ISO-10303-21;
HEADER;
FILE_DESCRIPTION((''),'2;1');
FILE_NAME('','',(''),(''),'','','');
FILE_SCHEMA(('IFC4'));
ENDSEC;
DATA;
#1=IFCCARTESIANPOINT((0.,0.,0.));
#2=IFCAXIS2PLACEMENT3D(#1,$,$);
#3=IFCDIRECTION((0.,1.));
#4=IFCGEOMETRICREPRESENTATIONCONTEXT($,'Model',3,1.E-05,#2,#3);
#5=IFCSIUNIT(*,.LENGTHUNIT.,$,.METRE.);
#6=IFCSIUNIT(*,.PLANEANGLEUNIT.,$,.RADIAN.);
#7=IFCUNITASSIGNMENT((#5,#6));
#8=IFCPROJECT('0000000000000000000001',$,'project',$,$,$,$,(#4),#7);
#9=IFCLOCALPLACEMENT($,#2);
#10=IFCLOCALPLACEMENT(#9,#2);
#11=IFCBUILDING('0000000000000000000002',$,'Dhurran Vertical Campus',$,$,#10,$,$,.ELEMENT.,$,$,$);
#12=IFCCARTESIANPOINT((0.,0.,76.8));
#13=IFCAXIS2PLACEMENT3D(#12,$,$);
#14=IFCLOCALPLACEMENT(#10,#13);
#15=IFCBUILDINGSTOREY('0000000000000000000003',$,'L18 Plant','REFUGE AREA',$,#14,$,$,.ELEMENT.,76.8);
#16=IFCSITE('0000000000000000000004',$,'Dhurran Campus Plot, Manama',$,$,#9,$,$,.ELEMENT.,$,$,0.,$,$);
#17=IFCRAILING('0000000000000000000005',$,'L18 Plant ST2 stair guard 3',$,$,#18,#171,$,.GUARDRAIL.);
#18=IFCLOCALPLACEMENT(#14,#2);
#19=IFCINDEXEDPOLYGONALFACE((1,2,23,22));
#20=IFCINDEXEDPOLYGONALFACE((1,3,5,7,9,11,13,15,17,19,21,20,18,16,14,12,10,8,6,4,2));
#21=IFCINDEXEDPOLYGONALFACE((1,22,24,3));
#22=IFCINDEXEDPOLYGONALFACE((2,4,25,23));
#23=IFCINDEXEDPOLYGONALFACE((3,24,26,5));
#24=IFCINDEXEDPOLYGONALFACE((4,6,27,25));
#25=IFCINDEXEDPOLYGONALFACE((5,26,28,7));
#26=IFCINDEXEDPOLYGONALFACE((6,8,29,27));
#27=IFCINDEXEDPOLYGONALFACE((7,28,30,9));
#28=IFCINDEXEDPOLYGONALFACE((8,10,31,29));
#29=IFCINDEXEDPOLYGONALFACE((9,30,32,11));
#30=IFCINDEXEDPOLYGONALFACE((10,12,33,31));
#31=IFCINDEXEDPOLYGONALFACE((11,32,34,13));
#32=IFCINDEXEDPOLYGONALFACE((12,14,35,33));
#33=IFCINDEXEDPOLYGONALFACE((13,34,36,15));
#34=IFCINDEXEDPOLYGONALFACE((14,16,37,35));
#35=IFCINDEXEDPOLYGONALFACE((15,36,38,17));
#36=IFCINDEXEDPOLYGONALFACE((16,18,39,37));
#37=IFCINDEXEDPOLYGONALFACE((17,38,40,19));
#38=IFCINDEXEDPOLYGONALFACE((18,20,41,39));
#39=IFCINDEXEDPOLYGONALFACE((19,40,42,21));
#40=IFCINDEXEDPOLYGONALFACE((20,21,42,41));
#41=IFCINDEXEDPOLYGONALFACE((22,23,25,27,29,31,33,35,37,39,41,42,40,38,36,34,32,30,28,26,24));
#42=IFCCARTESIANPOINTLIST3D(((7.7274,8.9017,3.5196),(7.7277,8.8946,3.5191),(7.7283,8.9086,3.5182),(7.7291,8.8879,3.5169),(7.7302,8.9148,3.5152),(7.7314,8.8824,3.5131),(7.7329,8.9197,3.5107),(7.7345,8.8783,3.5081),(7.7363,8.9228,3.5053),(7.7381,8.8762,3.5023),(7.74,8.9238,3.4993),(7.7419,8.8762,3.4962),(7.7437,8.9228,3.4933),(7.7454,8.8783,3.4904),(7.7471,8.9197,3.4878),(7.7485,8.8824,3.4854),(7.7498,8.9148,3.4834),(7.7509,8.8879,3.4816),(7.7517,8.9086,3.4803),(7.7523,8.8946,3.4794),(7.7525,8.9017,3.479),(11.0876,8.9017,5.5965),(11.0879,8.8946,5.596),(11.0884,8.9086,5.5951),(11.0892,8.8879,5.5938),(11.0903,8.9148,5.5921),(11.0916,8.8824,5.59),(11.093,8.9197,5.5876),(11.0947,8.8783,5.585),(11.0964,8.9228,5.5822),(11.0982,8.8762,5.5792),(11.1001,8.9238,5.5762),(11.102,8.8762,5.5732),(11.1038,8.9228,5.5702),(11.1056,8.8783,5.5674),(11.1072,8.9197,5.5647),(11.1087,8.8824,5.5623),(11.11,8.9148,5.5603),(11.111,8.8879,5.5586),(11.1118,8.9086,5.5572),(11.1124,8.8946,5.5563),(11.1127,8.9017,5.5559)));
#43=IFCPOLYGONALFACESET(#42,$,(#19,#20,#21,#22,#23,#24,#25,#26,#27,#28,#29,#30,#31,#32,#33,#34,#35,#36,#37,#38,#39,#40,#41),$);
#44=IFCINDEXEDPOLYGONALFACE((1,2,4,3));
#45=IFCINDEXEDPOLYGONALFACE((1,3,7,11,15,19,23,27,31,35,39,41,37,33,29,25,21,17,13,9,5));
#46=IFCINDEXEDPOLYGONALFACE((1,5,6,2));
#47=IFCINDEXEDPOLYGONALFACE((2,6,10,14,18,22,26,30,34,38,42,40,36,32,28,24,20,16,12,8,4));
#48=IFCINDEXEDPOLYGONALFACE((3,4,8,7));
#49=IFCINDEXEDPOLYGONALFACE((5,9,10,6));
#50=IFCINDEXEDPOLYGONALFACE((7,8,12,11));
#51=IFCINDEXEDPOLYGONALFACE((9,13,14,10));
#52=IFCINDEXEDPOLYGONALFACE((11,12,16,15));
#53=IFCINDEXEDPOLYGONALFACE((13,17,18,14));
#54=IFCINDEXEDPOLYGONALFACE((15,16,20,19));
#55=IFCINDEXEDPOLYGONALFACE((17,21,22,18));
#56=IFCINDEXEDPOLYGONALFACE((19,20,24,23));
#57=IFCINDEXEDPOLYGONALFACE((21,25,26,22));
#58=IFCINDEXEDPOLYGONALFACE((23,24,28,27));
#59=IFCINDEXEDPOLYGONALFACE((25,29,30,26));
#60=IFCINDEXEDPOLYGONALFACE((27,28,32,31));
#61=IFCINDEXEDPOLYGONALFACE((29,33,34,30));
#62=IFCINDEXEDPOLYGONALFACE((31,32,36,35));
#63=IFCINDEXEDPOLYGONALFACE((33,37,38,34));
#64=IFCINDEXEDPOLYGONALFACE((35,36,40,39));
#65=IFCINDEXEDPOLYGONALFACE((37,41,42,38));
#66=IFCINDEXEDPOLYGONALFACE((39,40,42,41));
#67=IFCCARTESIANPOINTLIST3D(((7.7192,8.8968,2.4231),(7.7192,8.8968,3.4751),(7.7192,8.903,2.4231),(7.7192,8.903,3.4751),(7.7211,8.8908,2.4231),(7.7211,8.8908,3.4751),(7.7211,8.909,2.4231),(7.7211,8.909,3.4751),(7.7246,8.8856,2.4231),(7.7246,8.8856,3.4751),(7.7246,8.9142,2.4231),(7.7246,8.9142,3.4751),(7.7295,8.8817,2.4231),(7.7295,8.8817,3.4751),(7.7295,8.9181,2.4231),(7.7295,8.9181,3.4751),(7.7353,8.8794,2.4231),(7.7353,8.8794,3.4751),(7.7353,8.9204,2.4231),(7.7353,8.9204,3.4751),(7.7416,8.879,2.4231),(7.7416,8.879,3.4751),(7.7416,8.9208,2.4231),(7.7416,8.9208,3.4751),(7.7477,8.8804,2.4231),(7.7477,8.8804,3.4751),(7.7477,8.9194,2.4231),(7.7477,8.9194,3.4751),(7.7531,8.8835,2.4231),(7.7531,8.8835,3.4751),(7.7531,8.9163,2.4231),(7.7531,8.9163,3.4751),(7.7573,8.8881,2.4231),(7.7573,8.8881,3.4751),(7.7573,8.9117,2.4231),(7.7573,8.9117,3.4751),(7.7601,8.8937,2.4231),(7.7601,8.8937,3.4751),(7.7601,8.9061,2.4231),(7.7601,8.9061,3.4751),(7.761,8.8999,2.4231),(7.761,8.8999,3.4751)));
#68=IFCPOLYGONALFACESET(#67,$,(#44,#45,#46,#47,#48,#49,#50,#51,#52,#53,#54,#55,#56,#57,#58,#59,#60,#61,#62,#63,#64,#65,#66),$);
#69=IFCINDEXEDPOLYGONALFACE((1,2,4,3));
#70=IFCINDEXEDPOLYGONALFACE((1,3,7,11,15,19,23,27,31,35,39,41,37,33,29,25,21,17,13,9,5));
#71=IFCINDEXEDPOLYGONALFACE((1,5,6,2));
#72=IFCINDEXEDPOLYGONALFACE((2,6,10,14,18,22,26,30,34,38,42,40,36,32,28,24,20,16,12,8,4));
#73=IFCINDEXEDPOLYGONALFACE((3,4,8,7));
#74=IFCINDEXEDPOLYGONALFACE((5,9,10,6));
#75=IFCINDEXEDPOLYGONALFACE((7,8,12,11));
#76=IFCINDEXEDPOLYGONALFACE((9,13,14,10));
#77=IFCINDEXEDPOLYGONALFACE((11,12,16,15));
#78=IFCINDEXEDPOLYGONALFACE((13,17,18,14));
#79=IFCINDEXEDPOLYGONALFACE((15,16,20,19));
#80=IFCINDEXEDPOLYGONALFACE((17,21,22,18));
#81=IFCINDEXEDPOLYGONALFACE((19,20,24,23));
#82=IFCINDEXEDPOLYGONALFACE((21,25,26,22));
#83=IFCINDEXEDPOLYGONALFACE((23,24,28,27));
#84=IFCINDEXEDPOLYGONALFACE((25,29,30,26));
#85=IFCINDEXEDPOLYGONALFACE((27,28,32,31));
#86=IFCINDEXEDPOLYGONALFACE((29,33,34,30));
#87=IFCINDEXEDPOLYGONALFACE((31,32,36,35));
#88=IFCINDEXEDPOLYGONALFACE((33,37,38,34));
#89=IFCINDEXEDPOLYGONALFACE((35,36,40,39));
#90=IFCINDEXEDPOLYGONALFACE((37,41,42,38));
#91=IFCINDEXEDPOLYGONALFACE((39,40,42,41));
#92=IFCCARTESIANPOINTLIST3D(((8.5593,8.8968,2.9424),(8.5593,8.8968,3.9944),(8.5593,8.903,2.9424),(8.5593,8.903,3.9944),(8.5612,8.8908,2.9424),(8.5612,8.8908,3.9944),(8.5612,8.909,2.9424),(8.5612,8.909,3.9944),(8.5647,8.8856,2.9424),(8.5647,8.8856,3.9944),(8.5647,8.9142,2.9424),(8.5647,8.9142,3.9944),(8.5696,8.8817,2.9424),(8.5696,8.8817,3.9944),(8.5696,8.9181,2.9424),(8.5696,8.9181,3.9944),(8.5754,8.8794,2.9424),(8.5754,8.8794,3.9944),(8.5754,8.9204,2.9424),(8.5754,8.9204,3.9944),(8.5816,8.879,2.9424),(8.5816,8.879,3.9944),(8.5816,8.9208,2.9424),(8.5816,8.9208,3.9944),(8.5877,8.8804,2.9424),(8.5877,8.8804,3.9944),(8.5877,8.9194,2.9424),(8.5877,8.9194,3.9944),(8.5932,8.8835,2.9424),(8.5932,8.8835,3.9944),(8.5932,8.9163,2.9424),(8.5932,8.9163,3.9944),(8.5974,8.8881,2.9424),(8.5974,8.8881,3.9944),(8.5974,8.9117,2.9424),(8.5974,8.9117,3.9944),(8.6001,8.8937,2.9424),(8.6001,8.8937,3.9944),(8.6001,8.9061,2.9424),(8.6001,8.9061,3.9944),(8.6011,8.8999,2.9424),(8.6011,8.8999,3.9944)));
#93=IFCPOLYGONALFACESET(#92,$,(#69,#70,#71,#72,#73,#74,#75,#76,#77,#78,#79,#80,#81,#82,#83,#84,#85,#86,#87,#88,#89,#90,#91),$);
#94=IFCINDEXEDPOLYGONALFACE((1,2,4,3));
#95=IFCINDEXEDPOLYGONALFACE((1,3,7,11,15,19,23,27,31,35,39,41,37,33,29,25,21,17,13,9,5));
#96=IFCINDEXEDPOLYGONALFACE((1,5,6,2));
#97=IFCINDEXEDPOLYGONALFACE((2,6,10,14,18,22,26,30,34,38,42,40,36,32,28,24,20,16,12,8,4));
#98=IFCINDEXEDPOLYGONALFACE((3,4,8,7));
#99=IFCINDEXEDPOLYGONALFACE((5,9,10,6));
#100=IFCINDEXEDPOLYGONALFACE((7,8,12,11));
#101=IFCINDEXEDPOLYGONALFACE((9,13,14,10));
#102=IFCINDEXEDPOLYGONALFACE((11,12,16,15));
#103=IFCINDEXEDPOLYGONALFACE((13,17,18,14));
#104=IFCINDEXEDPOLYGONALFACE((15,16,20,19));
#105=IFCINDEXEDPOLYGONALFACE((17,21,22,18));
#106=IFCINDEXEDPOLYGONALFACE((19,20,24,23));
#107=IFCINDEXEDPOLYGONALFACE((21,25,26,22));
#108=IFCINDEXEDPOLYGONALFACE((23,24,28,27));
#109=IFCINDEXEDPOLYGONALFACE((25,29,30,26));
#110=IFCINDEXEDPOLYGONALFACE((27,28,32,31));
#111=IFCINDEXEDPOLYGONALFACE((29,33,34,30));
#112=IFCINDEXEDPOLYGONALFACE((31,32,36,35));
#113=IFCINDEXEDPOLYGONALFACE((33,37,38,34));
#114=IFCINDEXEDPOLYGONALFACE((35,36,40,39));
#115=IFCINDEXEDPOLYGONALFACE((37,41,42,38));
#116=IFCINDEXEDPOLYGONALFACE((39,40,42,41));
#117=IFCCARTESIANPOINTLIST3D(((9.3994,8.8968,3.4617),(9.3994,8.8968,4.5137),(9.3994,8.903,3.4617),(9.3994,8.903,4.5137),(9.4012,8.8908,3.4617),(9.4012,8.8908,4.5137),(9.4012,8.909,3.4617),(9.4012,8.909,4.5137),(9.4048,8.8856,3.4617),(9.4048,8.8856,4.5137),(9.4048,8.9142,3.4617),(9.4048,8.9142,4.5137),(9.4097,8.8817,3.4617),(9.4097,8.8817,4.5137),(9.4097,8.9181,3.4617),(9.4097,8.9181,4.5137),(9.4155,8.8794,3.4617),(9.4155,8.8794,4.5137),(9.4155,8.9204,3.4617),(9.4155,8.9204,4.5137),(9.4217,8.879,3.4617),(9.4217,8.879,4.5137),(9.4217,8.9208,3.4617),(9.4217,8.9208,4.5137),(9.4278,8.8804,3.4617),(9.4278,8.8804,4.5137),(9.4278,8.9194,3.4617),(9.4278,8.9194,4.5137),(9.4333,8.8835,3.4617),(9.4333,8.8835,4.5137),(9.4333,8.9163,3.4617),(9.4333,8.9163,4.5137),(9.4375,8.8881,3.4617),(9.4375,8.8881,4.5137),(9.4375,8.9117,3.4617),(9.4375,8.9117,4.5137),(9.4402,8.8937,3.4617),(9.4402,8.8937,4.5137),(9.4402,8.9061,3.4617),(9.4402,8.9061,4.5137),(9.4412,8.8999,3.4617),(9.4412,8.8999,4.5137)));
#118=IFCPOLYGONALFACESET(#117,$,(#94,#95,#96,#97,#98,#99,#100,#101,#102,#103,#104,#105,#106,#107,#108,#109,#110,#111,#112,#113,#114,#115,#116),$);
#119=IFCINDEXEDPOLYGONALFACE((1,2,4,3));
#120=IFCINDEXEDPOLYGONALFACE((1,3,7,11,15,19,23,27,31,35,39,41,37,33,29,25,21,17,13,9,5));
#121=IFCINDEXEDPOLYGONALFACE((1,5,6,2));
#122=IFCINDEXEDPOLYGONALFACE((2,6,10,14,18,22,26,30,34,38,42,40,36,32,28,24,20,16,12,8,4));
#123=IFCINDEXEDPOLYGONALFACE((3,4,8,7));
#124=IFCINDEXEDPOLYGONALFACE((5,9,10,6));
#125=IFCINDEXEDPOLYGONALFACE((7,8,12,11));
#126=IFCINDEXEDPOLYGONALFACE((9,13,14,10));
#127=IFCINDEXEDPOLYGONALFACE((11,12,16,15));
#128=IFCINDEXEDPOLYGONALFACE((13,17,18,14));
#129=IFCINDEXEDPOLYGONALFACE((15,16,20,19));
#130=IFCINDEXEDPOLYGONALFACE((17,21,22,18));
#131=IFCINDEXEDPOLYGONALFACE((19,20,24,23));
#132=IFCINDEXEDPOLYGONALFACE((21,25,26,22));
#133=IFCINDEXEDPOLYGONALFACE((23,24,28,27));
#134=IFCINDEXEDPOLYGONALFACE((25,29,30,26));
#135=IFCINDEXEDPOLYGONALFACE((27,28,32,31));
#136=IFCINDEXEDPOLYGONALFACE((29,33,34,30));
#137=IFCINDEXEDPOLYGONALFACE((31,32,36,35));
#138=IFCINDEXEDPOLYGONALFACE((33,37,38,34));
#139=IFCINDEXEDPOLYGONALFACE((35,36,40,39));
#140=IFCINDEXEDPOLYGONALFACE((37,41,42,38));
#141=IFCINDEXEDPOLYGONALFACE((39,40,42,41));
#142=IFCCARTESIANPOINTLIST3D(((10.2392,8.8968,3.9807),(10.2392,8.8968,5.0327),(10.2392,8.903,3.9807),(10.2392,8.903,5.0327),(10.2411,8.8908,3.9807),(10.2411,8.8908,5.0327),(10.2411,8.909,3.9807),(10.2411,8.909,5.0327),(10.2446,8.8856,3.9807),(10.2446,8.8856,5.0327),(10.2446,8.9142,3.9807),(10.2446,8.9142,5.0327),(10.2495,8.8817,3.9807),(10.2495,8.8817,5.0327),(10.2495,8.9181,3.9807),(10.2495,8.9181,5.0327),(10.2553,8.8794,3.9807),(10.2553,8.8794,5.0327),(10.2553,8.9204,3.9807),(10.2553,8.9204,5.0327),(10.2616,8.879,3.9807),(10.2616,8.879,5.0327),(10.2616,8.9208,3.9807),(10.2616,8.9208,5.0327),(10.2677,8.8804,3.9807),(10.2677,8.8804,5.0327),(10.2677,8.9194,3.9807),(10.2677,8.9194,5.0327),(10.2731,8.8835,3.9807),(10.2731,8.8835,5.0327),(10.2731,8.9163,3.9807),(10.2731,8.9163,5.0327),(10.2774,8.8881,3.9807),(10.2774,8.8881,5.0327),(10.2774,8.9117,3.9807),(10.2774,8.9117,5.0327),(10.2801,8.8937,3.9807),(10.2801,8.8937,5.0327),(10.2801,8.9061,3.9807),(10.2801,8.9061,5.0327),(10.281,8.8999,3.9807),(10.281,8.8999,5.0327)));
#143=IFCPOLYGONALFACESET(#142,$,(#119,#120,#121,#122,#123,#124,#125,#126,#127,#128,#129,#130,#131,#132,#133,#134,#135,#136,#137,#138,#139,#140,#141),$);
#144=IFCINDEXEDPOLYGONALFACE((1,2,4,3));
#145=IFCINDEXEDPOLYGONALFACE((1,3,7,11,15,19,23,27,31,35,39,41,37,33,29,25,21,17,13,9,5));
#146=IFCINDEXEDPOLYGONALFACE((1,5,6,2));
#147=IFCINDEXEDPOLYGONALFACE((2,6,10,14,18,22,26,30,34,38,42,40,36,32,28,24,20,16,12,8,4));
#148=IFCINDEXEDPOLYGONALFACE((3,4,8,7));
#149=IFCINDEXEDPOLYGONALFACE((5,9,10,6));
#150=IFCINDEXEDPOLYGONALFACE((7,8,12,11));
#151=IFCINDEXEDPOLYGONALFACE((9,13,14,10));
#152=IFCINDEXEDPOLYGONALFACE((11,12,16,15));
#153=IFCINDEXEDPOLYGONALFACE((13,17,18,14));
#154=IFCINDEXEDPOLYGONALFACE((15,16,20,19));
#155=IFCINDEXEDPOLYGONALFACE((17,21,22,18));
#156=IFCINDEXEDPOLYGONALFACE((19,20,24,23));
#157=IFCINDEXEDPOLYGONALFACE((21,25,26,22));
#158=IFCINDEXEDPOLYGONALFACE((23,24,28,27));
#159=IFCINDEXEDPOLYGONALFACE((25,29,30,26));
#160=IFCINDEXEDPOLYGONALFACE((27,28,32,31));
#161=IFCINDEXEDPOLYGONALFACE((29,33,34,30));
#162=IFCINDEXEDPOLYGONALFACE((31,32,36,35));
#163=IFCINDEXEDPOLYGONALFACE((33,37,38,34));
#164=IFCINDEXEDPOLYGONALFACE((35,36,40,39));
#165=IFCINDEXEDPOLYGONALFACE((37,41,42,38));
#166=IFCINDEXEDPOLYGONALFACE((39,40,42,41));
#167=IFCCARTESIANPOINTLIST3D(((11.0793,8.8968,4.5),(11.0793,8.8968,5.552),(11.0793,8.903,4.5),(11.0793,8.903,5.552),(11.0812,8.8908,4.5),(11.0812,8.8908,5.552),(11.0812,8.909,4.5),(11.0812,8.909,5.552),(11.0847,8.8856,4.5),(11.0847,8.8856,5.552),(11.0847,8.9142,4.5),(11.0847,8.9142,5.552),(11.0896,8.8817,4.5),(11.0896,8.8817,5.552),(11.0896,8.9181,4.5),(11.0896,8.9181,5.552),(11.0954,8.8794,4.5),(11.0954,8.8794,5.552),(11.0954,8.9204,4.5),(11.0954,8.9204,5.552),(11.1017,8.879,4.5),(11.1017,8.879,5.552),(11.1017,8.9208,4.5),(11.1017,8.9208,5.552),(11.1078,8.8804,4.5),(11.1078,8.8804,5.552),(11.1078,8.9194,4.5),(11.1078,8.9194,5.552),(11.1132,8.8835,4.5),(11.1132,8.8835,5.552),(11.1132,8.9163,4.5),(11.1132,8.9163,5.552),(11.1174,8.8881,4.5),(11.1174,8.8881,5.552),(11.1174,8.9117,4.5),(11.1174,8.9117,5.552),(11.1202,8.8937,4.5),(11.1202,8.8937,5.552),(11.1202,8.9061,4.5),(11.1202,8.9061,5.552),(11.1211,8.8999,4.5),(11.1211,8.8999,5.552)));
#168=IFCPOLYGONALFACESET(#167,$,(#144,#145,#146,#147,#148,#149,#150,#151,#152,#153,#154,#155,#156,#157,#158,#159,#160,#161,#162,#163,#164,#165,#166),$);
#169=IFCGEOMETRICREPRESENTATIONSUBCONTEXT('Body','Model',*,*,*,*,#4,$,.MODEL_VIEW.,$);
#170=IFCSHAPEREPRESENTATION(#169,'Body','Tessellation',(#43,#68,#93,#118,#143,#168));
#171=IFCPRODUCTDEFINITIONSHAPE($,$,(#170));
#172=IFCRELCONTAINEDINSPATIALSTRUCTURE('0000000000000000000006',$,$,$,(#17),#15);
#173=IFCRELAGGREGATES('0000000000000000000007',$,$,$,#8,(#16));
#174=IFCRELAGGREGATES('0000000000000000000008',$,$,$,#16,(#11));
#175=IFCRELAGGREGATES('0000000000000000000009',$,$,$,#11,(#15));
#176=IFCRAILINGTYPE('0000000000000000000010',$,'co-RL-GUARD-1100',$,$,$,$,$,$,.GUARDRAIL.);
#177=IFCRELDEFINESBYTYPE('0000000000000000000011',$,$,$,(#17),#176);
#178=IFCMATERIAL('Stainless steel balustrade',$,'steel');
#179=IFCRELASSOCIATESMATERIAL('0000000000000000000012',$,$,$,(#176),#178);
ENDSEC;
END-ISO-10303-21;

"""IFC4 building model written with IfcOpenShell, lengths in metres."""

from ifc_helpers import new_model, si_unit, direction, frame, origin, origin_2d, place, context, subcontext, project, spatial, circle, extrude, material, type_object, element, save


model = new_model("IFC4")

# Units and contexts
model_context = context("Model", 3, precision=1e-05, world=origin(), true_north=direction((0.0, 1.0)))
body_context = subcontext(model_context, "Body", "Model", "MODEL_VIEW")
ifc_project = project(units=[si_unit("LENGTHUNIT", "METRE"), si_unit("PLANEANGLEUNIT", "RADIAN")], contexts=[model_context])

# Site, building, storey
site_placement = place(None, origin())
site = spatial("IfcSite", under=ifc_project, at=site_placement, Name="Dhurran Campus Plot, Manama", CompositionType="ELEMENT", RefElevation=0.0)
building_placement = place(site_placement, origin())
building = spatial("IfcBuilding", under=site, at=building_placement, Name="Dhurran Vertical Campus", CompositionType="ELEMENT")
storey_placement = place(building_placement, frame((0.0, 0.0, 76.8)))
storey = spatial("IfcBuildingStorey", under=building, at=storey_placement, Name="L18 Plant", Description="REFUGE AREA", CompositionType="ELEMENT", Elevation=76.8)

# Railing
ifc_material_1 = material(Name="Stainless steel balustrade", Category="steel")
railing_type_1 = type_object("IfcRailingType", Name="co-RL-GUARD-1100", PredefinedType="GUARDRAIL", material=ifc_material_1)
railing_1_placement = place(storey_placement, frame((7.74, 8.8999, 2.4231)))
element("IfcRailing", 1, at=railing_1_placement, inside=storey, type_object=railing_type_1, Name="L18 Plant ST2 stair guard 3", PredefinedType="GUARDRAIL", context=body_context, shape_type="SweptSolid", body=[
    extrude(circle(Radius=0.0239, at=origin_2d()), frame((0.0, 0.0, 1.0762), z_axis=(0.850623, 0.0, 0.525776), x_axis=(0.0, 1.0, 0.0)), (0.0, 0.0, 1.0), 3.9502),
    extrude(circle(Radius=0.021, at=origin_2d()), origin(), (0.0, 0.0, 1.0), 1.052),
    extrude(circle(Radius=0.021, at=origin_2d()), frame((0.8401, 0.0, 0.5193)), (0.0, 0.0, 1.0), 1.052),
    extrude(circle(Radius=0.021, at=origin_2d()), frame((1.6802, 0.0, 1.0386)), (0.0, 0.0, 1.0), 1.052),
    extrude(circle(Radius=0.021, at=origin_2d()), frame((2.52, 0.0, 1.5576)), (0.0, 0.0, 1.0), 1.052),
    extrude(circle(Radius=0.021, at=origin_2d()), frame((3.3601, 0.0, 2.0769)), (0.0, 0.0, 1.0), 1.052),
])

save(model, "model.ifc")
